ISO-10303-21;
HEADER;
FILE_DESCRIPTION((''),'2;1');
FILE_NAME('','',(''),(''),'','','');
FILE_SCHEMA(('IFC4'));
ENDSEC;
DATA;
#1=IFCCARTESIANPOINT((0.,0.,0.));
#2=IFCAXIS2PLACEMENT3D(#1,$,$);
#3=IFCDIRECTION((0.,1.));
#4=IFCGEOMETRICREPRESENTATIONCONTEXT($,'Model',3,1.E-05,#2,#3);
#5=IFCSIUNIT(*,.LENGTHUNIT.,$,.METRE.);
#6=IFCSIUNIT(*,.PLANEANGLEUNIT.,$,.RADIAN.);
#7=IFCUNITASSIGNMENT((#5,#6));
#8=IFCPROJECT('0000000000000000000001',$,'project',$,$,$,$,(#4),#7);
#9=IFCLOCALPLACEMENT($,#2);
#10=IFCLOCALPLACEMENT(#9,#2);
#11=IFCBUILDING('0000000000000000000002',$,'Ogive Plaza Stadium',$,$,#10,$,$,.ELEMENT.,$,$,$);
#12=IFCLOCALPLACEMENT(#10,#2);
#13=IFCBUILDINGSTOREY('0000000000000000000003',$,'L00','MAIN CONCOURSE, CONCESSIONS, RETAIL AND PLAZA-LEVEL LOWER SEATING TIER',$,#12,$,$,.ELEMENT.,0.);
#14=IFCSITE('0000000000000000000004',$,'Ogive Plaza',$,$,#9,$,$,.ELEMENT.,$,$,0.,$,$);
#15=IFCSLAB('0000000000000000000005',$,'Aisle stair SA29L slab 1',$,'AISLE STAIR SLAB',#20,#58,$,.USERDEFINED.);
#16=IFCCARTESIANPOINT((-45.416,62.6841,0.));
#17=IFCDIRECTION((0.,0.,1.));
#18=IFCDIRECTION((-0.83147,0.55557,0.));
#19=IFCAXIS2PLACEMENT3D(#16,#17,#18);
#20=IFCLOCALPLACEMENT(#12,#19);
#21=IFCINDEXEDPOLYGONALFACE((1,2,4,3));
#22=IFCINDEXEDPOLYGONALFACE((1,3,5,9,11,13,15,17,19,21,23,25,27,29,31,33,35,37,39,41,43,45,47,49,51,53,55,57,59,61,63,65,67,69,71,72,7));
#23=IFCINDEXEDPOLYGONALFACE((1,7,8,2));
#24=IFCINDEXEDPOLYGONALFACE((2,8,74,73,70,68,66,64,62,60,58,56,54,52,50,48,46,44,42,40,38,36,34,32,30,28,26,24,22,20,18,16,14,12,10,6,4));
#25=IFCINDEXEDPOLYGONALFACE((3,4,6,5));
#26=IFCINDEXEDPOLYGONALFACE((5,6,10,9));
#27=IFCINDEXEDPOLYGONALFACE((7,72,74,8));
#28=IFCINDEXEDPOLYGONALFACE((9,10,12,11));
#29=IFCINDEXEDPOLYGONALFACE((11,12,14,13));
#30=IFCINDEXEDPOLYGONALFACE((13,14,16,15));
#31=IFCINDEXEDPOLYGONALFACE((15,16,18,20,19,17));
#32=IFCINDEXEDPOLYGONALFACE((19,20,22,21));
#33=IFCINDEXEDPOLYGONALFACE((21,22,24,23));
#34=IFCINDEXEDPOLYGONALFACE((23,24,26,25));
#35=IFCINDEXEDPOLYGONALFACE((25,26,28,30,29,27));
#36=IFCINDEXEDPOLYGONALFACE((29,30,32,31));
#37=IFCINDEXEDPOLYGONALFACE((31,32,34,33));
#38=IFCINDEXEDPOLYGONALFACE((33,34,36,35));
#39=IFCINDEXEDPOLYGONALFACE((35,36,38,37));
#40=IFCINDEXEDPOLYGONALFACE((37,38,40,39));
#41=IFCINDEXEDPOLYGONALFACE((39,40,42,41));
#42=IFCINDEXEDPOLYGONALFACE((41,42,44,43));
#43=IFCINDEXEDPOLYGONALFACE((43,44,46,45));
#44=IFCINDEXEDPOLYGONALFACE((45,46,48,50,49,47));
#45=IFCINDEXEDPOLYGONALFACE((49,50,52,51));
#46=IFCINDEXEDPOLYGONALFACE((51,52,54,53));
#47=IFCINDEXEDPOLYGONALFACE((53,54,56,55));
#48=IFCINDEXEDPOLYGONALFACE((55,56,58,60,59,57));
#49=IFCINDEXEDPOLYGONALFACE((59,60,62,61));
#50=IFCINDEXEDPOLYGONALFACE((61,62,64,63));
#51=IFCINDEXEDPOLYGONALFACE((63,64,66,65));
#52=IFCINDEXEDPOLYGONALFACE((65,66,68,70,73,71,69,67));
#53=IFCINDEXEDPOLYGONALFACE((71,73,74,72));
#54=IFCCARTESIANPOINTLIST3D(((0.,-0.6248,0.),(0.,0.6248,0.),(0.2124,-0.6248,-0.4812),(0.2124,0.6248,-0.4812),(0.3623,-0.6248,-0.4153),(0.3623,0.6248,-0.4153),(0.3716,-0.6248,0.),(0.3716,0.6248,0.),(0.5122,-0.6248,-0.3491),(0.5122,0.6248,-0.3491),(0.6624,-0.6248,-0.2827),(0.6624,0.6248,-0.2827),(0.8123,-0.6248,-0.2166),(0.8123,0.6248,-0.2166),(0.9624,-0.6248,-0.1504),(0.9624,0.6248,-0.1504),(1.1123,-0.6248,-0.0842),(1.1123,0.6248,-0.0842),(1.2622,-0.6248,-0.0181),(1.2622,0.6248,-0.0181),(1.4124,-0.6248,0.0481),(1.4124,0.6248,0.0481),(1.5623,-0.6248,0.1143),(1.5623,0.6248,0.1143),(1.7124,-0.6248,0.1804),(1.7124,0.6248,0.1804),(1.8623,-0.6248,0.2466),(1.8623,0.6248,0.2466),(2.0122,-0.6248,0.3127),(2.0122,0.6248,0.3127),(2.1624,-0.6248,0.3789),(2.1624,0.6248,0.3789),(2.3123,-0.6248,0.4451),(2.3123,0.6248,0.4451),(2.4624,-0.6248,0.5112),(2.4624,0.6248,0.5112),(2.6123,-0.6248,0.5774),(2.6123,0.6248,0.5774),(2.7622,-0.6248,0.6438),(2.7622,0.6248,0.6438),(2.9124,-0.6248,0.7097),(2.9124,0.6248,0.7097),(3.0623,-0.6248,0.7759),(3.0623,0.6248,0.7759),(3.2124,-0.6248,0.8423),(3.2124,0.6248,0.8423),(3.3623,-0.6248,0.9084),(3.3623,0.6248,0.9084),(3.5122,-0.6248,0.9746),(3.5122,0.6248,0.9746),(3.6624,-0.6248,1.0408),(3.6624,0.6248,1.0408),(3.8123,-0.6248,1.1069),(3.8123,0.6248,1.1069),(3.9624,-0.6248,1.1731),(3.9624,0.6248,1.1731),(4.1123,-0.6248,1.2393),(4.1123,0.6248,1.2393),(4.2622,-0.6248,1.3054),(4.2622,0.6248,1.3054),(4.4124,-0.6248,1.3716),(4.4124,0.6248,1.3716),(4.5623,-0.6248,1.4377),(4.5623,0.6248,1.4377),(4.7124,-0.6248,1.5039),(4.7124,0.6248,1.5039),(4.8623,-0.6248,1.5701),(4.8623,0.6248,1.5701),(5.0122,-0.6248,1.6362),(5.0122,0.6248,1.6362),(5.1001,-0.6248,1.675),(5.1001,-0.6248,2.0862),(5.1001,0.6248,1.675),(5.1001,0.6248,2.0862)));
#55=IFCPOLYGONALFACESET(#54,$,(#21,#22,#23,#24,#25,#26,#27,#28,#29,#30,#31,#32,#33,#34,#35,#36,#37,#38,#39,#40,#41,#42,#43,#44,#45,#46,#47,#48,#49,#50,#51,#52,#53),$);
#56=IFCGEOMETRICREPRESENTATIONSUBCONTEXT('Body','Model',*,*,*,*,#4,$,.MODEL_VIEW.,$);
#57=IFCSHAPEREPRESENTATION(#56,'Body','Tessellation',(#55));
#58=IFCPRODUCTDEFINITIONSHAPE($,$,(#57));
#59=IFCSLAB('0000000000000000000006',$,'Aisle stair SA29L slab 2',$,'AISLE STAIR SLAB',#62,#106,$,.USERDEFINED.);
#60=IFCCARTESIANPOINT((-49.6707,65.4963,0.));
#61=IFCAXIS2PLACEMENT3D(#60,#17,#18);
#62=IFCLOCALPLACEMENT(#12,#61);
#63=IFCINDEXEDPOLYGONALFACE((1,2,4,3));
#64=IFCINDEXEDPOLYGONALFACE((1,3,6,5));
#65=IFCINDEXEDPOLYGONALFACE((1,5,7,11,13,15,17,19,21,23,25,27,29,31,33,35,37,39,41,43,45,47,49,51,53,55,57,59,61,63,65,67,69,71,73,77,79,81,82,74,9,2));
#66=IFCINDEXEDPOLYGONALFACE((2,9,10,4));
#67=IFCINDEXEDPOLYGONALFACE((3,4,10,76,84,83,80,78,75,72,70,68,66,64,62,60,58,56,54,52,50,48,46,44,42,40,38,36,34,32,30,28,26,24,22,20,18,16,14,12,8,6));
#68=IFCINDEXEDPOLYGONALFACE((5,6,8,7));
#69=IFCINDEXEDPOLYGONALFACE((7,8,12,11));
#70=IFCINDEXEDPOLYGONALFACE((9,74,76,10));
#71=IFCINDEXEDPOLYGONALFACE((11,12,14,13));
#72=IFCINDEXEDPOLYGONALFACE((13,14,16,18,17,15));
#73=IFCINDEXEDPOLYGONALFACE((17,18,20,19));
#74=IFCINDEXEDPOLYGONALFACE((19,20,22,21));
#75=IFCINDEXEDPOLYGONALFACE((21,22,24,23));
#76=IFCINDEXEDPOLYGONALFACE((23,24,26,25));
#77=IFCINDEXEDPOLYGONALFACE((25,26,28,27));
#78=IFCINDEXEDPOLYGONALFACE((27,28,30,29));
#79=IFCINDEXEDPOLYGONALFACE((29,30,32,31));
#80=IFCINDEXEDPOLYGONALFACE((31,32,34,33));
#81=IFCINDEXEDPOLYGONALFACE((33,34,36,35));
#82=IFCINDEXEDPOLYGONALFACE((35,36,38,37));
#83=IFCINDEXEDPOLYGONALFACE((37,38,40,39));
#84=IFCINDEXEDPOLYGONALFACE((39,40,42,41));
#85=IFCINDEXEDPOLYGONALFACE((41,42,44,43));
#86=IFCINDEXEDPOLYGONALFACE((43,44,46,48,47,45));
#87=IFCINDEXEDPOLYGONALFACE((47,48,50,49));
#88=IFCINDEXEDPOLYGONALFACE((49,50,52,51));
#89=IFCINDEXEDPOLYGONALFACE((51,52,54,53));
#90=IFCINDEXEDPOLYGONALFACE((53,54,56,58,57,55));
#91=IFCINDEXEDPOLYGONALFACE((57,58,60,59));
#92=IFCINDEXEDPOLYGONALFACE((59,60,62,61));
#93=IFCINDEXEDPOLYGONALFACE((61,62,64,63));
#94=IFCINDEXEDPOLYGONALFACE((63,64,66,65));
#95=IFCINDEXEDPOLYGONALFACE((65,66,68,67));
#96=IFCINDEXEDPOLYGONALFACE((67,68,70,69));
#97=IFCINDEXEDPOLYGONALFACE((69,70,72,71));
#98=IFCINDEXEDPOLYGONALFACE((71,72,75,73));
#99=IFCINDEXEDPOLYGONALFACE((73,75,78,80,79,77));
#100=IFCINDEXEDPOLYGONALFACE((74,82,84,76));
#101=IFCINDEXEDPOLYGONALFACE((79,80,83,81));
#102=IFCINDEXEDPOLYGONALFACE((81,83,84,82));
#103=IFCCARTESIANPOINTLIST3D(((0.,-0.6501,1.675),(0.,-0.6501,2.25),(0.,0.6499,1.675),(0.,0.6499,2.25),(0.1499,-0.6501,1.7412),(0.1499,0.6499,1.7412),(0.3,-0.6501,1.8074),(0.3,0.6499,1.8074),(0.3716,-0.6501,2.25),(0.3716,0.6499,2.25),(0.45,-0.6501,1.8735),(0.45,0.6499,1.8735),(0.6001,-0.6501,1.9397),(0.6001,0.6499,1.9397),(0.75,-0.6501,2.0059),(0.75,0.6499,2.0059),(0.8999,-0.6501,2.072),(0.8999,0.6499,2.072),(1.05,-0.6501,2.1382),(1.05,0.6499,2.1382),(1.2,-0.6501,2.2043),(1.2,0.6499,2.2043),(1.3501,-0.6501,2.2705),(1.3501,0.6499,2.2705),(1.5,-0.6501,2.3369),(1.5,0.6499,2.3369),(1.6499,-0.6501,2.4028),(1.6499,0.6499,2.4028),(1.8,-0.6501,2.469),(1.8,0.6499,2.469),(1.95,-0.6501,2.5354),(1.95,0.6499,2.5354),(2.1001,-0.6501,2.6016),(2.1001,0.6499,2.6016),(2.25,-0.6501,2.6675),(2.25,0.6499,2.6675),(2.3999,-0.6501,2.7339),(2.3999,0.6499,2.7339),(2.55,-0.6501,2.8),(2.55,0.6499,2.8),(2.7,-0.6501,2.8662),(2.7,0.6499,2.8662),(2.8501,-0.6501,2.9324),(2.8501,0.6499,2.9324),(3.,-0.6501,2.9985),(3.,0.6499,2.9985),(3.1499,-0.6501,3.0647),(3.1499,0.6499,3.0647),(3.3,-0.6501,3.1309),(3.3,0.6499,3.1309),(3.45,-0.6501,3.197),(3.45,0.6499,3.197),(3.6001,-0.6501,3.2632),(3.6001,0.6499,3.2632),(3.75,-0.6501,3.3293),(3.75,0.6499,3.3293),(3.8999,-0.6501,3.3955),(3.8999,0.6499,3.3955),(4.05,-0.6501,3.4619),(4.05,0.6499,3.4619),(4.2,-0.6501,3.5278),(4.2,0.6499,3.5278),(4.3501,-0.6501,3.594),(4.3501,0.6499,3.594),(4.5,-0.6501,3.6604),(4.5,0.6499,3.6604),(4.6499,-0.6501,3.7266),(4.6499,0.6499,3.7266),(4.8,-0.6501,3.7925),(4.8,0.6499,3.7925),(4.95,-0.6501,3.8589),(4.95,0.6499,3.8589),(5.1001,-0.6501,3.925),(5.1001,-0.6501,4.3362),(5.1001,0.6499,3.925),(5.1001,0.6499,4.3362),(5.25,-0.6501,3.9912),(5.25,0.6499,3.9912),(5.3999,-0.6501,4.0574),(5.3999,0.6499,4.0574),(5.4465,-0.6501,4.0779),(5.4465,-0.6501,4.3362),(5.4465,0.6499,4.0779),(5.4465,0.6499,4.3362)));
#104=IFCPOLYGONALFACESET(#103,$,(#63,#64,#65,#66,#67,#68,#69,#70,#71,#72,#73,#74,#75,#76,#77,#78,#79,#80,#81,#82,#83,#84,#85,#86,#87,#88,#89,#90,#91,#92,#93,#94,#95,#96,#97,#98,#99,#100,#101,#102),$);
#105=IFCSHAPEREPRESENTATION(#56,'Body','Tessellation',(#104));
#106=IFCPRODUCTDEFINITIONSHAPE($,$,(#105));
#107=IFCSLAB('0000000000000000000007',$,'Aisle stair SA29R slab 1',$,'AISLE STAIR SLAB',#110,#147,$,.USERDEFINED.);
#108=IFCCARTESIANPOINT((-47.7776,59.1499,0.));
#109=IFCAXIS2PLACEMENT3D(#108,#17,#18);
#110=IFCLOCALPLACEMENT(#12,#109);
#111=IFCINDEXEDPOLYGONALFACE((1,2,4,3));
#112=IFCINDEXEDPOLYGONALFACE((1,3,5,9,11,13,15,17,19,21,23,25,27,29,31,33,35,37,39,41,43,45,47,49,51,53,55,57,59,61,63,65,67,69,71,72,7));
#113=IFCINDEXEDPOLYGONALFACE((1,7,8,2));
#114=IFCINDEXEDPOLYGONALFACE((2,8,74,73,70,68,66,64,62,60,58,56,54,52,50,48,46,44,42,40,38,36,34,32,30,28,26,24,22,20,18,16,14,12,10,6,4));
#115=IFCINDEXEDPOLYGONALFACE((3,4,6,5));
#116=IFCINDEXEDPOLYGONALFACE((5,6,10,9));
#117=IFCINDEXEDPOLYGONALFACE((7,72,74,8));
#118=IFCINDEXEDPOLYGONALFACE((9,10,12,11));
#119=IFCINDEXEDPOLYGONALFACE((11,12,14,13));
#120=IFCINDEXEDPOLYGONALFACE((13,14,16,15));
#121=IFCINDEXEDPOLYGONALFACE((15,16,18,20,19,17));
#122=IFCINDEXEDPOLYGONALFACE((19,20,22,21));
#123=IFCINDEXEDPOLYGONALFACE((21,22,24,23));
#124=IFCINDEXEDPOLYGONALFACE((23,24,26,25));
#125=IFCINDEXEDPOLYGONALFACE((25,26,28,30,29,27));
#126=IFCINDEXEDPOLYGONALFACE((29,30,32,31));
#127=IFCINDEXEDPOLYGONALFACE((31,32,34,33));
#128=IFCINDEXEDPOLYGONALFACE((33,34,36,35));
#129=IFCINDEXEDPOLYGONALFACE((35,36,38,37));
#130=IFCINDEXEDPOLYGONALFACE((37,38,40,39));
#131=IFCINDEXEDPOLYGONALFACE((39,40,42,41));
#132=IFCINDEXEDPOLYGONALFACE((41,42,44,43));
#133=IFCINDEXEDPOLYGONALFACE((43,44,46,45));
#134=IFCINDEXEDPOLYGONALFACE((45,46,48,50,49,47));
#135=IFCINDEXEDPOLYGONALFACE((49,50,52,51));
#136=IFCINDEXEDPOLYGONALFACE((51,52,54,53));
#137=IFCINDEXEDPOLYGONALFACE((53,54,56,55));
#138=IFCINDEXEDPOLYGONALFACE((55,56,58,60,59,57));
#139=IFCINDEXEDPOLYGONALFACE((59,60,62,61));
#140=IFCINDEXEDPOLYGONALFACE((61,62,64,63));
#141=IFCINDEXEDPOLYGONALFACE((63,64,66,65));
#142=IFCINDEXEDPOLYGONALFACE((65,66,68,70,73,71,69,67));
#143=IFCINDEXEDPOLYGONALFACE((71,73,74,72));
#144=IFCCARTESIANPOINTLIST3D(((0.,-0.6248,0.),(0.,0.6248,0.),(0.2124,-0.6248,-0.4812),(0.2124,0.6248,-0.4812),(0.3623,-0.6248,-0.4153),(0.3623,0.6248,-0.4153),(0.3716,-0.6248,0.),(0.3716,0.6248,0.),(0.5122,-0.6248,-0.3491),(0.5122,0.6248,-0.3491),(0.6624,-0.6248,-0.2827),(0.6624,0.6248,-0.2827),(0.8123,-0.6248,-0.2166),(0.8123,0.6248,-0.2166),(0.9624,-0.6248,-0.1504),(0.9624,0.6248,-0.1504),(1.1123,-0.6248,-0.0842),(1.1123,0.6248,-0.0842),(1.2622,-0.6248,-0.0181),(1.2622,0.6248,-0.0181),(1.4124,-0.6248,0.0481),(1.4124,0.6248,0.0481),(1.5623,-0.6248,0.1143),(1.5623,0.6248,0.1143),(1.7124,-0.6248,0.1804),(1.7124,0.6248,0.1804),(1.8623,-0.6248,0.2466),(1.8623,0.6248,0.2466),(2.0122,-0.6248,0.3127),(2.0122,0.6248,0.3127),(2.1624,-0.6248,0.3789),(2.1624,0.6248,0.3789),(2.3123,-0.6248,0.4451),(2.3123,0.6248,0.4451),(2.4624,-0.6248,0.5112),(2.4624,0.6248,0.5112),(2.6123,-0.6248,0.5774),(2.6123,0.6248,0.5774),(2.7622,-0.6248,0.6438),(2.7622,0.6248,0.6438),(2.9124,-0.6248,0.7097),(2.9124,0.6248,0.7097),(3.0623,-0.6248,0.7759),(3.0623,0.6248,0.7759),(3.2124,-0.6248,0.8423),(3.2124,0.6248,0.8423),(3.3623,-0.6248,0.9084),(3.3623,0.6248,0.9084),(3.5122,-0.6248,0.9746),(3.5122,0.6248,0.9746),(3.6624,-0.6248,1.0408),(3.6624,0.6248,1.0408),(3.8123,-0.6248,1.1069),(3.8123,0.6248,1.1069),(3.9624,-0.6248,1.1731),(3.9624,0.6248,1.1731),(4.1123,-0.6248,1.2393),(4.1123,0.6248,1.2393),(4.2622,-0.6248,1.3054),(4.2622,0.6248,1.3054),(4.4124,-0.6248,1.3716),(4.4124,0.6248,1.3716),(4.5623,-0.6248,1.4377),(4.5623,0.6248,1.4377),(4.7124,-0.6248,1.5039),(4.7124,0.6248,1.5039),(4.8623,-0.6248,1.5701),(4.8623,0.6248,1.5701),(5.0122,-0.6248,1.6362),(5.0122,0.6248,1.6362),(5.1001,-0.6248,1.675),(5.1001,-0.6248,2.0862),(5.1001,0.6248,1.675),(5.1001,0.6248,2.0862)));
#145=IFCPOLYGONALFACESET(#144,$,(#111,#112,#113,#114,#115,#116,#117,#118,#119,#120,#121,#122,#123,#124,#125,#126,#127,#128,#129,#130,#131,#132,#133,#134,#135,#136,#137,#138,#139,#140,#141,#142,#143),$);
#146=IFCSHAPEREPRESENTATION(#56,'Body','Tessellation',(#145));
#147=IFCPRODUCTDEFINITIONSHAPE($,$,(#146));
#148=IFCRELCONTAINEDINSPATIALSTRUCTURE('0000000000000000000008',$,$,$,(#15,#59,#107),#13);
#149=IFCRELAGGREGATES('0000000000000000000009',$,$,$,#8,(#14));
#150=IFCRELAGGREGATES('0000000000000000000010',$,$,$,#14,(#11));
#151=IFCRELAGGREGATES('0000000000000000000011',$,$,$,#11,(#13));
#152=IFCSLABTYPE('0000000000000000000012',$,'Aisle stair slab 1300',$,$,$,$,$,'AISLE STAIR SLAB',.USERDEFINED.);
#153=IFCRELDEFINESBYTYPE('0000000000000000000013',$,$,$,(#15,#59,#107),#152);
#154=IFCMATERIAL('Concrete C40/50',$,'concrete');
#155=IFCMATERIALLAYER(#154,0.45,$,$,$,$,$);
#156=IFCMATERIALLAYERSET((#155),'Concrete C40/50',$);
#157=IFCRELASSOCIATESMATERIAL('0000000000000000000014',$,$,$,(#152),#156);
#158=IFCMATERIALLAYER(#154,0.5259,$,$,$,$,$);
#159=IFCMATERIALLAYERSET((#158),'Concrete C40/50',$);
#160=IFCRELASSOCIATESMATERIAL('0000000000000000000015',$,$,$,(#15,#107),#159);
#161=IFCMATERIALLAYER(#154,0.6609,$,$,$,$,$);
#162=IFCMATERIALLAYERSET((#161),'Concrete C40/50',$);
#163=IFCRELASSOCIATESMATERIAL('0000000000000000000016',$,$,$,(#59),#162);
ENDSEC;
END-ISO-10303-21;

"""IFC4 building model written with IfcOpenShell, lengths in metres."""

from ifc_helpers import new_model, si_unit, direction, frame, origin, place, context, subcontext, project, spatial, polyline, outline, extrude, material, layer, layer_set, type_object, element, save


model = new_model("IFC4")

# Units and contexts
model_context = context("Model", 3, precision=1e-05, world=origin(), true_north=direction((0.0, 1.0)))
body_context = subcontext(model_context, "Body", "Model", "MODEL_VIEW")
ifc_project = project(units=[si_unit("LENGTHUNIT", "METRE"), si_unit("PLANEANGLEUNIT", "RADIAN")], contexts=[model_context])

# Site, building, storey
site_placement = place(None, origin())
site = spatial("IfcSite", under=ifc_project, at=site_placement, Name="Ogive Plaza", CompositionType="ELEMENT", RefElevation=0.0)
building_placement = place(site_placement, origin())
building = spatial("IfcBuilding", under=site, at=building_placement, Name="Ogive Plaza Stadium", CompositionType="ELEMENT")
storey_placement = place(building_placement, origin())
storey = spatial("IfcBuildingStorey", under=building, at=storey_placement, Name="L00", Description="MAIN CONCOURSE, CONCESSIONS, RETAIL AND PLAZA-LEVEL LOWER SEATING TIER", CompositionType="ELEMENT", Elevation=0.0)

# Slabs
ifc_material_1 = material(Name="Concrete C40/50", Category="concrete")
ifc_layer_1 = layer(ifc_material_1, 0.5259)
ifc_layer_set_1 = layer_set([ifc_layer_1], Name="Concrete C40/50")
ifc_layer_2 = layer(ifc_material_1, 0.45)
ifc_layer_set_2 = layer_set([ifc_layer_2], Name="Concrete C40/50")
slab_type = type_object("IfcSlabType", Name="Aisle stair slab 1300", ElementType="AISLE STAIR SLAB", PredefinedType="USERDEFINED", material=ifc_layer_set_2)
slab_1_placement = place(storey_placement, frame((-45.416, 62.6841, 0.0), z_axis=(0.0, 0.0, 1.0), x_axis=(-0.83147, 0.55557, 0.0)))
element("IfcSlab", 1, at=slab_1_placement, inside=storey, type_object=slab_type, material=ifc_layer_set_1, Name="Aisle stair SA29L slab 1", ObjectType="AISLE STAIR SLAB", PredefinedType="USERDEFINED", context=body_context, shape_type="SweptSolid", body=[
    extrude(outline(polyline([(0.0, 0.0), (0.3716, 0.0), (5.1001, 2.0862), (5.1001, 1.675), (5.0122, 1.6362), (4.8623, 1.5701), (4.7124, 1.5039), (4.5623, 1.4377), (4.4124, 1.3716), (4.2622, 1.3054), (4.1123, 1.2393), (3.9624, 1.1731), (3.8123, 1.1069), (3.6624, 1.0408), (3.5122, 0.9746), (3.3623, 0.9084), (3.2124, 0.8423), (3.0623, 0.7759), (2.9124, 0.7097), (2.7622, 0.6438), (2.6123, 0.5774), (2.4624, 0.5112), (2.3123, 0.4451), (2.1624, 0.3789), (2.0122, 0.3127), (1.8623, 0.2466), (1.7124, 0.1804), (1.5623, 0.1143), (1.4124, 0.0481), (1.2622, -0.0181), (1.1123, -0.0842), (0.9624, -0.1504), (0.8123, -0.2166), (0.6624, -0.2827), (0.5122, -0.3491), (0.3623, -0.4153), (0.2124, -0.4812), (0.0, 0.0)])), frame((0.0, 0.6248, 0.0), z_axis=(0.0, -1.0, 0.0), x_axis=(1.0, 0.0, 0.0)), (0.0, 0.0, 1.0), 1.2495),
])
ifc_layer_3 = layer(ifc_material_1, 0.6609)
ifc_layer_set_3 = layer_set([ifc_layer_3], Name="Concrete C40/50")
slab_2_placement = place(storey_placement, frame((-49.6707, 65.4963, 0.0), z_axis=(0.0, 0.0, 1.0), x_axis=(-0.83147, 0.55557, 0.0)))
element("IfcSlab", 2, at=slab_2_placement, inside=storey, type_object=slab_type, material=ifc_layer_set_3, Name="Aisle stair SA29L slab 2", ObjectType="AISLE STAIR SLAB", PredefinedType="USERDEFINED", context=body_context, shape_type="SweptSolid", body=[
    extrude(outline(polyline([(0.0, 2.25), (0.3716, 2.25), (5.1001, 4.3362), (5.4465, 4.3362), (5.4465, 4.0779), (5.3999, 4.0574), (5.25, 3.9912), (5.1001, 3.925), (4.95, 3.8589), (4.8, 3.7925), (4.6499, 3.7266), (4.5, 3.6604), (4.3501, 3.594), (4.2, 3.5278), (4.05, 3.4619), (3.8999, 3.3955), (3.75, 3.3293), (3.6001, 3.2632), (3.45, 3.197), (3.3, 3.1309), (3.1499, 3.0647), (3.0, 2.9985), (2.8501, 2.9324), (2.7, 2.8662), (2.55, 2.8), (2.3999, 2.7339), (2.25, 2.6675), (2.1001, 2.6016), (1.95, 2.5354), (1.8, 2.469), (1.6499, 2.4028), (1.5, 2.3369), (1.3501, 2.2705), (1.2, 2.2043), (1.05, 2.1382), (0.8999, 2.072), (0.75, 2.0059), (0.6001, 1.9397), (0.45, 1.8735), (0.3, 1.8074), (0.1499, 1.7412), (0.0, 1.675), (0.0, 2.25)])), frame((0.0, 0.6499, 0.0), z_axis=(0.0, -1.0, 0.0), x_axis=(1.0, 0.0, 0.0)), (0.0, 0.0, 1.0), 1.3),
])
slab_3_placement = place(storey_placement, frame((-47.7776, 59.1499, 0.0), z_axis=(0.0, 0.0, 1.0), x_axis=(-0.83147, 0.55557, 0.0)))
element("IfcSlab", 3, at=slab_3_placement, inside=storey, type_object=slab_type, material=ifc_layer_set_1, Name="Aisle stair SA29R slab 1", ObjectType="AISLE STAIR SLAB", PredefinedType="USERDEFINED", context=body_context, shape_type="SweptSolid", body=[
    extrude(outline(polyline([(0.0, 0.0), (0.3716, 0.0), (5.1001, 2.0862), (5.1001, 1.675), (5.0122, 1.6362), (4.8623, 1.5701), (4.7124, 1.5039), (4.5623, 1.4377), (4.4124, 1.3716), (4.2622, 1.3054), (4.1123, 1.2393), (3.9624, 1.1731), (3.8123, 1.1069), (3.6624, 1.0408), (3.5122, 0.9746), (3.3623, 0.9084), (3.2124, 0.8423), (3.0623, 0.7759), (2.9124, 0.7097), (2.7622, 0.6438), (2.6123, 0.5774), (2.4624, 0.5112), (2.3123, 0.4451), (2.1624, 0.3789), (2.0122, 0.3127), (1.8623, 0.2466), (1.7124, 0.1804), (1.5623, 0.1143), (1.4124, 0.0481), (1.2622, -0.0181), (1.1123, -0.0842), (0.9624, -0.1504), (0.8123, -0.2166), (0.6624, -0.2827), (0.5122, -0.3491), (0.3623, -0.4153), (0.2124, -0.4812), (0.0, 0.0)])), frame((0.0, 0.6248, 0.0), z_axis=(0.0, -1.0, 0.0), x_axis=(1.0, 0.0, 0.0)), (0.0, 0.0, 1.0), 1.2495),
])

save(model, "model.ifc")
